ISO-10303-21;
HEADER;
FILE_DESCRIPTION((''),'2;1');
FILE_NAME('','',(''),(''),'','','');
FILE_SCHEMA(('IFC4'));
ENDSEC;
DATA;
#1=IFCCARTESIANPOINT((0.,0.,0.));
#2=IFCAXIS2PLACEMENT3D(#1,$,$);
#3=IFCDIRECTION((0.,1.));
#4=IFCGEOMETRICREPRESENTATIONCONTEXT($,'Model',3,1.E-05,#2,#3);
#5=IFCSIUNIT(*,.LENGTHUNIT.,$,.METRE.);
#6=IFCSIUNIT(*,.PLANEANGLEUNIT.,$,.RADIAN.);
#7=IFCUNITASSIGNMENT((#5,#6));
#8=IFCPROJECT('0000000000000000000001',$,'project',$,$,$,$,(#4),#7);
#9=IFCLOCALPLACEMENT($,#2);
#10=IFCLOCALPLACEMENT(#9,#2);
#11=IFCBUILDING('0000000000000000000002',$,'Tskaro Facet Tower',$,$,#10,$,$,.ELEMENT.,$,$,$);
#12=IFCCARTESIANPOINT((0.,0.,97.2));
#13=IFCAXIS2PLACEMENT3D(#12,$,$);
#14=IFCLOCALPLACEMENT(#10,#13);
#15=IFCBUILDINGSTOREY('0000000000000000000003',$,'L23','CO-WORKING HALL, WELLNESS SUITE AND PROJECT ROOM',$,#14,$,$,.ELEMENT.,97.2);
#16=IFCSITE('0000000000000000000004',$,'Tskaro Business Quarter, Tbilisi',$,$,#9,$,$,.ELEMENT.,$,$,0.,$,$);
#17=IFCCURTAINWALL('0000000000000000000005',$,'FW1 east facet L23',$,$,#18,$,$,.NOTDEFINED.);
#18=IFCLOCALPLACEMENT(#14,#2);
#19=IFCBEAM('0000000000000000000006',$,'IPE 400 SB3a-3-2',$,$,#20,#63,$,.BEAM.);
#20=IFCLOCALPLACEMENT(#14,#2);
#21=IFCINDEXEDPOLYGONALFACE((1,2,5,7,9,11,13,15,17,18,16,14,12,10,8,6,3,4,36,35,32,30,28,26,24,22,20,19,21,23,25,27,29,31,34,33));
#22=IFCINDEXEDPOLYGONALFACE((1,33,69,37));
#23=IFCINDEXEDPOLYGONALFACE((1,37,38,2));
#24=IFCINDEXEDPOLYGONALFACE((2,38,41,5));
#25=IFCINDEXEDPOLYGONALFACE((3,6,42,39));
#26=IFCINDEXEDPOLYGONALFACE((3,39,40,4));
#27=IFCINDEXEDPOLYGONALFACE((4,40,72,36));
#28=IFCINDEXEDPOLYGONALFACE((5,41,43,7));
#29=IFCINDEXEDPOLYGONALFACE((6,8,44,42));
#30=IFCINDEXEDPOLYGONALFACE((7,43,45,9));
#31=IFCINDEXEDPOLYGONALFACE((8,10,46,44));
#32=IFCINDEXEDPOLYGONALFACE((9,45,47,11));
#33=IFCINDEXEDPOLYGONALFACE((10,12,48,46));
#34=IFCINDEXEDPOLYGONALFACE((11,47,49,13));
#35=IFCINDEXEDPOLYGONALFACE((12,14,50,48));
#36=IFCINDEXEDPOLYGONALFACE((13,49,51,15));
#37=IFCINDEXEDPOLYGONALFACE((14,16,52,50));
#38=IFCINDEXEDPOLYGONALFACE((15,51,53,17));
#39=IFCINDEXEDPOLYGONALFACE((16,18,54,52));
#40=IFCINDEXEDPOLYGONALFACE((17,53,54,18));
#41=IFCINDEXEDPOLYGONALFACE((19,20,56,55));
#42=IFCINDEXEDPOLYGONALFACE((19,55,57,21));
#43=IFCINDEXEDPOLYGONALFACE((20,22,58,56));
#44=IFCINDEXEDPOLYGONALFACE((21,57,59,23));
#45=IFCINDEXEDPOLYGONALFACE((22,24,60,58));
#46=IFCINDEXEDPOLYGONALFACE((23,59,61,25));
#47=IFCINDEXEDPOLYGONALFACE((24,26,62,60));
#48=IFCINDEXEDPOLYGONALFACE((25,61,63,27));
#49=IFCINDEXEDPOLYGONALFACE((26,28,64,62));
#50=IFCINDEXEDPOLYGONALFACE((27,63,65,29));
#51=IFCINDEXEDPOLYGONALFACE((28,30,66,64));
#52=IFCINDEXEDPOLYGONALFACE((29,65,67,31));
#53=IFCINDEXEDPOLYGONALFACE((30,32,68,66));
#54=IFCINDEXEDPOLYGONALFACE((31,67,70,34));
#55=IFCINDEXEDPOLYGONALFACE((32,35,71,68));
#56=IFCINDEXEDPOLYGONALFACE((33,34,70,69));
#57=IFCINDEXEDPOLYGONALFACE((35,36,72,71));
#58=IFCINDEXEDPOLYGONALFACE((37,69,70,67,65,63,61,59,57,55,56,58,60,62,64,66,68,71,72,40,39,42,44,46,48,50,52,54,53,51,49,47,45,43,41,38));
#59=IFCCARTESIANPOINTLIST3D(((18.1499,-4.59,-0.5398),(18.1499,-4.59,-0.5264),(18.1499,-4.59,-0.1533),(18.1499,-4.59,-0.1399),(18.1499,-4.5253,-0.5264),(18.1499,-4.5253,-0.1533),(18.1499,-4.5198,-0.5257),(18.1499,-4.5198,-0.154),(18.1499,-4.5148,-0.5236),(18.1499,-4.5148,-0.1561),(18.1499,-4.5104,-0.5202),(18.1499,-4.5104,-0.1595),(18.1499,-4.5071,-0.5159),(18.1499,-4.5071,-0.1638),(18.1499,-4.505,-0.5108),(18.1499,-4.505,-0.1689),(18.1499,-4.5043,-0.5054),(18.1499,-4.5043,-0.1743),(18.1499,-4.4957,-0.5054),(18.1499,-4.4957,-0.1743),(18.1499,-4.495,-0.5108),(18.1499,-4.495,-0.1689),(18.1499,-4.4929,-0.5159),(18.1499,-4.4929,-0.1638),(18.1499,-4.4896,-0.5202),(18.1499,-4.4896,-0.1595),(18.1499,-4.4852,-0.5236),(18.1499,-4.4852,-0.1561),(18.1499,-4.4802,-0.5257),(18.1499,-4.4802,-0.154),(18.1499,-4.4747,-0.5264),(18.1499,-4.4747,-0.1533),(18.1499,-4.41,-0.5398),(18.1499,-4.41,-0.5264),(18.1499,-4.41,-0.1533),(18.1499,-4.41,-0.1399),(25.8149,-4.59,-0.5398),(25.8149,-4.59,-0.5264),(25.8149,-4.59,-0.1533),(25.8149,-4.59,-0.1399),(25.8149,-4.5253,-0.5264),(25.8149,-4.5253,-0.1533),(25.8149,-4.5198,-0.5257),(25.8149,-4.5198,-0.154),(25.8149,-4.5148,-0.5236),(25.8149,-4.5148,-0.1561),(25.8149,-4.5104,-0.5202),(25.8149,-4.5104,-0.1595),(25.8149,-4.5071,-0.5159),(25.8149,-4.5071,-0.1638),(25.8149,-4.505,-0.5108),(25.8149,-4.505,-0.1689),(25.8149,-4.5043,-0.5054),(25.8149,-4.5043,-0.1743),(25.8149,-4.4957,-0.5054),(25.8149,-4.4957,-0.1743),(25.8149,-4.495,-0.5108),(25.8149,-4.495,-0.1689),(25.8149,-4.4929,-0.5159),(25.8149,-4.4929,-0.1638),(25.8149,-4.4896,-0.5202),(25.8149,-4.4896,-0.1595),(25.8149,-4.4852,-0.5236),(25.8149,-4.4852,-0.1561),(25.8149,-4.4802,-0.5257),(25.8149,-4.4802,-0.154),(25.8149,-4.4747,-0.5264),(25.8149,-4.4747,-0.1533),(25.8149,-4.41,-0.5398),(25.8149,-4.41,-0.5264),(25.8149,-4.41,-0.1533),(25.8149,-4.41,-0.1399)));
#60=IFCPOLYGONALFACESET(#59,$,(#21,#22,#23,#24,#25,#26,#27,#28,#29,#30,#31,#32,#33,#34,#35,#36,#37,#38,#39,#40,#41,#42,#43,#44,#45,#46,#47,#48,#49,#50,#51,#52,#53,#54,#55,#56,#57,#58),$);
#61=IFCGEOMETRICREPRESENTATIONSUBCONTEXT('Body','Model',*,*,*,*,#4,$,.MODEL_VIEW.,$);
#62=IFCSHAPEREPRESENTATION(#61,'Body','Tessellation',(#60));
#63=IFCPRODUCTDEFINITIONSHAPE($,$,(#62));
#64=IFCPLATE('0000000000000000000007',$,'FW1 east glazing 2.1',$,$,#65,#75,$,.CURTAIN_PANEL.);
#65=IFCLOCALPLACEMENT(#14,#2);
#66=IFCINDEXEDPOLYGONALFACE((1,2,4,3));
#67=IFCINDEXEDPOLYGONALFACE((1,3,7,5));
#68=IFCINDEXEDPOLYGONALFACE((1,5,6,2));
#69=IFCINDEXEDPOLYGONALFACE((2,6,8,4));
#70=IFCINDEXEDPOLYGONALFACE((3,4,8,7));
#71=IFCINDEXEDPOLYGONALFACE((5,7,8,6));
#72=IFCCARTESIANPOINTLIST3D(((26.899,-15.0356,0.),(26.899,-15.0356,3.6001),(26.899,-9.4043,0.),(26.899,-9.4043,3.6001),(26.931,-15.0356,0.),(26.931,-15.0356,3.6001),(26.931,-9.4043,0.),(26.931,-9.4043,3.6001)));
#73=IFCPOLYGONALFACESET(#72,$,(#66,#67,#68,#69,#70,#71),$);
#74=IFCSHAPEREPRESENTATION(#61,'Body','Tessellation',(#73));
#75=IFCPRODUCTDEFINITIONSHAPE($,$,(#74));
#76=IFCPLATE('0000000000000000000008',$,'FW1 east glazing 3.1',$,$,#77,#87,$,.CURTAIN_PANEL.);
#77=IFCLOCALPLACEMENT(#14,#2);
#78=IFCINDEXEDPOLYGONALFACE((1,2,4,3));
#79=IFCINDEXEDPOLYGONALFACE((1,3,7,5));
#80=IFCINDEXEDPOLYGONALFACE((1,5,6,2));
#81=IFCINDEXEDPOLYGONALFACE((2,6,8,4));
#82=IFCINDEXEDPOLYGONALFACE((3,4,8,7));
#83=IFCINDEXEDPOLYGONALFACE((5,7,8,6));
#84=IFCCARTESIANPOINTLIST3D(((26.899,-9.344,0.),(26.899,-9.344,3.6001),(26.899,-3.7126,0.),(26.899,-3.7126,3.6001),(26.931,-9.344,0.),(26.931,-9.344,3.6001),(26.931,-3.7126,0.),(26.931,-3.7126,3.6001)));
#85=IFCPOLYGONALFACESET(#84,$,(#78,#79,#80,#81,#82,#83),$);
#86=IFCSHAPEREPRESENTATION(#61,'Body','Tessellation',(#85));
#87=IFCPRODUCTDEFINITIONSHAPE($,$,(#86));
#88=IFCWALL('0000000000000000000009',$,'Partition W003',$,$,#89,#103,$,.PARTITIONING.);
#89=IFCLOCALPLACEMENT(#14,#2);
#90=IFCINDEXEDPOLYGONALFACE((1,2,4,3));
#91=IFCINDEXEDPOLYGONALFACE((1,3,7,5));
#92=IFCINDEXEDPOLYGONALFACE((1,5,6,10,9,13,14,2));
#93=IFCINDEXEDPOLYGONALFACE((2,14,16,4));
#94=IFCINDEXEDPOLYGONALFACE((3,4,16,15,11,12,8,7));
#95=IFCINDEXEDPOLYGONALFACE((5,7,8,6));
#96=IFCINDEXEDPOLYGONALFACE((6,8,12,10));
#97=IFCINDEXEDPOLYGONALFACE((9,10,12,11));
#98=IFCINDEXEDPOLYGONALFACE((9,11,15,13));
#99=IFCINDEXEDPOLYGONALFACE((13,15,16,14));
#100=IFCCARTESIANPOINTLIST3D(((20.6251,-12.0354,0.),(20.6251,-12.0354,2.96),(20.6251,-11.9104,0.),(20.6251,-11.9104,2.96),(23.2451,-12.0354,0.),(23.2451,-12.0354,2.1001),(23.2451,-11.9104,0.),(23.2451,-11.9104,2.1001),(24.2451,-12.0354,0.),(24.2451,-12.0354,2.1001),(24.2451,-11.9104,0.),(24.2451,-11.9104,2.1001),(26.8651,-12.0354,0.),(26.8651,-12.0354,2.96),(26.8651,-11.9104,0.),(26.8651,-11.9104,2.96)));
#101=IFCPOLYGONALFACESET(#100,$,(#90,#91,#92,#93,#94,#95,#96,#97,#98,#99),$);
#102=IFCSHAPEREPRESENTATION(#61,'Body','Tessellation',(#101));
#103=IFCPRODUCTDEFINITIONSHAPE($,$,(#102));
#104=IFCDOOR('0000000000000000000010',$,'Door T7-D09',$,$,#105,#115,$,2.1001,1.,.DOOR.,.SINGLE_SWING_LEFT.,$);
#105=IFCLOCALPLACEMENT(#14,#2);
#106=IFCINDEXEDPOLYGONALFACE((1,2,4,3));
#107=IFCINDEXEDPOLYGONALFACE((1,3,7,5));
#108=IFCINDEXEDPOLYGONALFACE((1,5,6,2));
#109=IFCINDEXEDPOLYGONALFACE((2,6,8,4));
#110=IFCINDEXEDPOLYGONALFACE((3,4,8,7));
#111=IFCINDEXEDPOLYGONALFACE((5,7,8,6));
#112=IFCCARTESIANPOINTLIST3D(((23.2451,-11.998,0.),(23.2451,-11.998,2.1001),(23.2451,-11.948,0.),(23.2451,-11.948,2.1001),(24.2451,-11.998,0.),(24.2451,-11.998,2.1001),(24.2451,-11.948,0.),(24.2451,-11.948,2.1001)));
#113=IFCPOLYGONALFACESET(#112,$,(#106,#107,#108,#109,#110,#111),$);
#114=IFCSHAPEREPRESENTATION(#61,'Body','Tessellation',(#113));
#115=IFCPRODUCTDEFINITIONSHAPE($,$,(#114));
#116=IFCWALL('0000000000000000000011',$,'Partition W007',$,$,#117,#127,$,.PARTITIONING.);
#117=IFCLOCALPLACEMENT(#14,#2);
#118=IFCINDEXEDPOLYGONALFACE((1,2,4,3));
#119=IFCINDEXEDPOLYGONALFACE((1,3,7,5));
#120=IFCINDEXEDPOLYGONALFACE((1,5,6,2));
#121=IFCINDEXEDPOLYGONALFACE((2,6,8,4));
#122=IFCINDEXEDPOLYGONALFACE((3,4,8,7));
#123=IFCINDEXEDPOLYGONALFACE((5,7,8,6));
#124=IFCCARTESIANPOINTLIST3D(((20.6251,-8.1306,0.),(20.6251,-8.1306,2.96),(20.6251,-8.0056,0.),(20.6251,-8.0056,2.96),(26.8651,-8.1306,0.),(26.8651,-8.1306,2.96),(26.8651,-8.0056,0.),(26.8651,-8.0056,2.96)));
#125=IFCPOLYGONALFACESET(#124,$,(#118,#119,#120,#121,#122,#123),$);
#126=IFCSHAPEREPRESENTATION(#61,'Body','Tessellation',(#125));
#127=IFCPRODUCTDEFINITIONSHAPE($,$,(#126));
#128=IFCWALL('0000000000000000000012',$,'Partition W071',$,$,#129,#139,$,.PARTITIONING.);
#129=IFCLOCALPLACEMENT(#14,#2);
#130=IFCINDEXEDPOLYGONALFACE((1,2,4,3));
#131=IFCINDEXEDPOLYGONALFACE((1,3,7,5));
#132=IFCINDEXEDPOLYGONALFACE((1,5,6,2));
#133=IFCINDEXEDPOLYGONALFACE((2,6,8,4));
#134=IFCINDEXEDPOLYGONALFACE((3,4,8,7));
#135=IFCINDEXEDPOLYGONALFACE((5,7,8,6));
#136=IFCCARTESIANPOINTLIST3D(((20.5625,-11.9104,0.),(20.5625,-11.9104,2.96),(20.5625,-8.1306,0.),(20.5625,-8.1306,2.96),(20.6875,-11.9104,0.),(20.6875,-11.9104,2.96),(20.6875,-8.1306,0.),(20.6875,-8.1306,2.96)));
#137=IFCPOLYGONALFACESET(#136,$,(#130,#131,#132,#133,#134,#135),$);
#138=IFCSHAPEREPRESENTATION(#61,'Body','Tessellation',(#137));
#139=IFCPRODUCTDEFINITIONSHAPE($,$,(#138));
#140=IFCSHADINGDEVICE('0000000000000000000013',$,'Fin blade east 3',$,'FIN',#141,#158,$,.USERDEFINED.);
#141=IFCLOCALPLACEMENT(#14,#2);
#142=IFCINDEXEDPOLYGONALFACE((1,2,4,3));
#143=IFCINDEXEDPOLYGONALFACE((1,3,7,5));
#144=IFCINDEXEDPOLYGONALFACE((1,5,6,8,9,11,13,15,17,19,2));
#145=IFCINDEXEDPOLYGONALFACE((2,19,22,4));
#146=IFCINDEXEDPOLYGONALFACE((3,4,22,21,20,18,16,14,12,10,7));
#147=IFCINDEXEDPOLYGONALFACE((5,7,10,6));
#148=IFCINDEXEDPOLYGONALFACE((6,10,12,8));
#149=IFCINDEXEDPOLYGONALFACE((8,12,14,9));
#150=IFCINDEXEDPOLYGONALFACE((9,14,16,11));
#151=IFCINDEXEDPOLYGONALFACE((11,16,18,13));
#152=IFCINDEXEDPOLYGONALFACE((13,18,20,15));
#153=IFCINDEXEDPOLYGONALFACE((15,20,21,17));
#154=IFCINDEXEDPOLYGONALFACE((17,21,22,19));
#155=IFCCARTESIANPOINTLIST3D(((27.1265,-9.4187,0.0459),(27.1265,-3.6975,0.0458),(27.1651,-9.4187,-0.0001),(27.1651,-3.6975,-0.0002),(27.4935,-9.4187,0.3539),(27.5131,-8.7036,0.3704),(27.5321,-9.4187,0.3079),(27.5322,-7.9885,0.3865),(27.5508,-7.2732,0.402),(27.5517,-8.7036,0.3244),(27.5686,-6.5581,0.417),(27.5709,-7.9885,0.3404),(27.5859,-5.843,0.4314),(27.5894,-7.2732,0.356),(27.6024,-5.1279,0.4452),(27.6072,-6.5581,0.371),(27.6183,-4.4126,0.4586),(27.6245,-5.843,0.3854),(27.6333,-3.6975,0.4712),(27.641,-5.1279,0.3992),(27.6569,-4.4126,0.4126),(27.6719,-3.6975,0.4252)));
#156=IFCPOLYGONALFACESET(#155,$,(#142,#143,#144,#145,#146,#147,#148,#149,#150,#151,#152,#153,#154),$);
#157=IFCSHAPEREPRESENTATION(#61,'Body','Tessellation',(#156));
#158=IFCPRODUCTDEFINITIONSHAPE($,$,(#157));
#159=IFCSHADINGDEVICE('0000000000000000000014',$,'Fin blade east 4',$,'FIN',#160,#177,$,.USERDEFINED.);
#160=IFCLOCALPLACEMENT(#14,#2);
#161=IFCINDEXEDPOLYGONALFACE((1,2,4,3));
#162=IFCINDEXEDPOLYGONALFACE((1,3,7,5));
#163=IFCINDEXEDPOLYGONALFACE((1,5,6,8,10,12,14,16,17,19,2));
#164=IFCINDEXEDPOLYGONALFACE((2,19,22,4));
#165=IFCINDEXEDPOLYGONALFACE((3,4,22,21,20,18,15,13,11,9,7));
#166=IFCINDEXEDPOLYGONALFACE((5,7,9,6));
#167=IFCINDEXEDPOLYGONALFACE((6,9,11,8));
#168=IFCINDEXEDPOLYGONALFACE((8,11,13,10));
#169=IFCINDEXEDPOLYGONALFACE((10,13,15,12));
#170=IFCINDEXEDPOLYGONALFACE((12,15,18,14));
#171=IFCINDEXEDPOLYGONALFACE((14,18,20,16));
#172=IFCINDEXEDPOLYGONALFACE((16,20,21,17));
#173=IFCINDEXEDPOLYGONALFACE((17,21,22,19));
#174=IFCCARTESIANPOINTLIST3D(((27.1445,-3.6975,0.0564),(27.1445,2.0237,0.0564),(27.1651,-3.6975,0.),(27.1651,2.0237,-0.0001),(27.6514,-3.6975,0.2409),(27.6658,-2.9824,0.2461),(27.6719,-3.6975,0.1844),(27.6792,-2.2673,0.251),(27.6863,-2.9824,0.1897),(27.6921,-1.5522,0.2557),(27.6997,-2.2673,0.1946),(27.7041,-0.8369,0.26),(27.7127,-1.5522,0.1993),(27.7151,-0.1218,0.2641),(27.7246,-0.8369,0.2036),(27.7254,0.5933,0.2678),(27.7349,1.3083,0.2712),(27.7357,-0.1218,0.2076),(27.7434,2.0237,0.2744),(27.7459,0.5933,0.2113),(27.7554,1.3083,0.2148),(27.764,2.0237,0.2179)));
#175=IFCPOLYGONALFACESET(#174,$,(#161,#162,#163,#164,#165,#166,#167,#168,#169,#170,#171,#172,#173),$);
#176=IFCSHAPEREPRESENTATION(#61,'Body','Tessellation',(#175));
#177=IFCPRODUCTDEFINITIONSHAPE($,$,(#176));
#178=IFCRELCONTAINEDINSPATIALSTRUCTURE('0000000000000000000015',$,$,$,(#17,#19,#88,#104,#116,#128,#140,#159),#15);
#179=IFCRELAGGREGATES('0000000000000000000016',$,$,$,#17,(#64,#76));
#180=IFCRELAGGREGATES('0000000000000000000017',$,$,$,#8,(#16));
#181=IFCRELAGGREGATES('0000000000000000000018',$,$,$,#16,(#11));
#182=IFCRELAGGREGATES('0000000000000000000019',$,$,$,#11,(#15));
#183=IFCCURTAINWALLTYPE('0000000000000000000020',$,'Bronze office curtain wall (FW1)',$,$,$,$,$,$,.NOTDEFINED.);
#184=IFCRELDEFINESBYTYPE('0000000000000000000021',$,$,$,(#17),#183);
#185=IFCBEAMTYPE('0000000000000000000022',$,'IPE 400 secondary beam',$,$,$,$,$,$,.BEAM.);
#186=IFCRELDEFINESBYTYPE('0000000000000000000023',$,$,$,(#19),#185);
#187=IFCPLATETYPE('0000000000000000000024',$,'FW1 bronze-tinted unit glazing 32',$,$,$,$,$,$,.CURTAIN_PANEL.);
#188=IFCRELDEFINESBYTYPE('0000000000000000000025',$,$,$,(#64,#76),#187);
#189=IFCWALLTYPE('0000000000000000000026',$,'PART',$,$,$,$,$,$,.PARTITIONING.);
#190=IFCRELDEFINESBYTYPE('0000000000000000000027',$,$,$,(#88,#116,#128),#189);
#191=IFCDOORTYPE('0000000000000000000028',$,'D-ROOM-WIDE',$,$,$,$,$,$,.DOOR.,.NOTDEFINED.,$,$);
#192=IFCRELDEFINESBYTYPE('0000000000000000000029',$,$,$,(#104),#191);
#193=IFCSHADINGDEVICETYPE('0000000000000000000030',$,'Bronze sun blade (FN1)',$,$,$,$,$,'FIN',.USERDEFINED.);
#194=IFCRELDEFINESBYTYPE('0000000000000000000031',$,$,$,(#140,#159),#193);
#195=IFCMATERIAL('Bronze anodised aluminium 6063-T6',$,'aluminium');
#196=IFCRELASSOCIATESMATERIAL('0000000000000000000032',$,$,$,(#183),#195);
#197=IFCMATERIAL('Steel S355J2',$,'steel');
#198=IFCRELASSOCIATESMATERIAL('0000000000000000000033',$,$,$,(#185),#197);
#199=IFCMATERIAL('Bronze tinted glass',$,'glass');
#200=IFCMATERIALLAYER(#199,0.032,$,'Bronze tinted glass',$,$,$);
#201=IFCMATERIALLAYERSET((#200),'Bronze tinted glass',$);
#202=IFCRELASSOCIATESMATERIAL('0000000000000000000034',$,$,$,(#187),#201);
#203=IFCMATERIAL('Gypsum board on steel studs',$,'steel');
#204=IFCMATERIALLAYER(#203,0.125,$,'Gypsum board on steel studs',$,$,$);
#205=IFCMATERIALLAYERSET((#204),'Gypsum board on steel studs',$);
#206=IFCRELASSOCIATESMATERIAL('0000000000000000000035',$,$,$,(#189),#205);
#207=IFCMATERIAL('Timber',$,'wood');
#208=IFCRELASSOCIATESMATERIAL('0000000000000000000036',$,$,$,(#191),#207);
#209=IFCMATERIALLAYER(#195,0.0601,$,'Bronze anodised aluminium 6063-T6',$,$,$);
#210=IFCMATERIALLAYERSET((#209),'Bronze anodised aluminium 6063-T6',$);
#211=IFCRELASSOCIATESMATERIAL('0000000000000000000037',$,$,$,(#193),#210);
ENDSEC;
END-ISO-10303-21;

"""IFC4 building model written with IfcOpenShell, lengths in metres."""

from ifc_helpers import new_model, si_unit, direction, frame, frame_2d, origin, origin_2d, place, context, subcontext, project, spatial, polyline, rectangle, i_section, outline, extrude, material, layer, layer_set, material_profile, profile_set, type_object, element, fill, aggregate, save


model = new_model("IFC4")

# Units and contexts
model_context = context("Model", 3, precision=1e-05, world=origin(), true_north=direction((0.0, 1.0)))
body_context = subcontext(model_context, "Body", "Model", "MODEL_VIEW")
ifc_project = project(units=[si_unit("LENGTHUNIT", "METRE"), si_unit("PLANEANGLEUNIT", "RADIAN")], contexts=[model_context])

# Site, building, storey
site_placement = place(None, origin())
site = spatial("IfcSite", under=ifc_project, at=site_placement, Name="Tskaro Business Quarter, Tbilisi", CompositionType="ELEMENT", RefElevation=0.0)
building_placement = place(site_placement, origin())
building = spatial("IfcBuilding", under=site, at=building_placement, Name="Tskaro Facet Tower", CompositionType="ELEMENT")
storey_placement = place(building_placement, frame((0.0, 0.0, 97.2)))
storey = spatial("IfcBuildingStorey", under=building, at=storey_placement, Name="L23", Description="CO-WORKING HALL, WELLNESS SUITE AND PROJECT ROOM", CompositionType="ELEMENT", Elevation=97.2)

# Curtain wall
ifc_material_1 = material(Name="Bronze anodised aluminium 6063-T6", Category="aluminium")
curtain_wall_type = type_object("IfcCurtainWallType", Name="Bronze office curtain wall (FW1)", PredefinedType="NOTDEFINED", material=ifc_material_1)
curtain_wall_placement = place(storey_placement, origin())
curtain_wall = element("IfcCurtainWall", 1, at=curtain_wall_placement, inside=storey, type_object=curtain_wall_type, Name="FW1 east facet L23", PredefinedType="NOTDEFINED")

# Beam
ifc_material_2 = material(Name="Steel S355J2", Category="steel")
ifc_material_profile_1 = material_profile(ifc_material_2, i_section(OverallWidth=0.1799, OverallDepth=0.3999, WebThickness=0.0085, FlangeThickness=0.0134, FilletRadius=0.021, at=origin_2d()), Name="IPE 400")
ifc_profile_set_1 = profile_set([ifc_material_profile_1], Name="Steel S355J2")
beam_type_1 = type_object("IfcBeamType", Name="IPE 400 secondary beam", PredefinedType="BEAM", material=ifc_profile_set_1)
for number, where, z_axis, x_axis, name in (
    (2, (18.1499, -4.5, -0.3398), (1.0, 0.0, 0.0), (0.0, 1.0, 0.0), "IPE 400 SB3a-3-2"),
):
    element("IfcBeam", number, at=place(storey_placement, frame(where, z_axis=z_axis, x_axis=x_axis)), inside=storey, type_object=beam_type_1, Name=name, PredefinedType="BEAM", context=body_context, shape_type="SweptSolid", body=[
        extrude(i_section(OverallWidth=0.1799, OverallDepth=0.3999, WebThickness=0.0085, FlangeThickness=0.0134, FilletRadius=0.021, at=origin_2d()), origin(), (0.0, 0.0, 1.0), 7.665),
    ])

# Plates
ifc_material_3 = material(Name="Bronze tinted glass", Category="glass")
ifc_layer_1 = layer(ifc_material_3, 0.032, Name="Bronze tinted glass")
ifc_layer_set_1 = layer_set([ifc_layer_1], Name="Bronze tinted glass")
plate_type = type_object("IfcPlateType", Name="FW1 bronze-tinted unit glazing 32", PredefinedType="CURTAIN_PANEL", material=ifc_layer_set_1)
plate_1_placement = place(storey_placement, frame((26.915, -12.22, 0.0), z_axis=(0.0, 0.0, 1.0), x_axis=(0.0, 1.0, 0.0)))
plate_1 = element("IfcPlate", 3, at=plate_1_placement, type_object=plate_type, Name="FW1 east glazing 2.1", PredefinedType="CURTAIN_PANEL", context=body_context, shape_type="SweptSolid", body=[
    extrude(rectangle(XDim=5.6313, YDim=0.032, at=origin_2d()), origin(), (0.0, 0.0, 1.0), 3.6001),
])
plate_2_placement = place(storey_placement, frame((26.915, -6.5283, 0.0), z_axis=(0.0, 0.0, 1.0), x_axis=(0.0, 1.0, 0.0)))
plate_2 = element("IfcPlate", 4, at=plate_2_placement, type_object=plate_type, Name="FW1 east glazing 3.1", PredefinedType="CURTAIN_PANEL", context=body_context, shape_type="SweptSolid", body=[
    extrude(rectangle(XDim=5.6313, YDim=0.032, at=origin_2d()), origin(), (0.0, 0.0, 1.0), 3.6001),
])
aggregate(curtain_wall, [plate_1, plate_2])

# Wall, opening, door
ifc_material_4 = material(Name="Gypsum board on steel studs", Category="steel")
ifc_layer_2 = layer(ifc_material_4, 0.125, Name="Gypsum board on steel studs")
ifc_layer_set_2 = layer_set([ifc_layer_2], Name="Gypsum board on steel studs")
wall_type = type_object("IfcWallType", Name="PART", PredefinedType="PARTITIONING", material=ifc_layer_set_2)
wall_1_placement = place(storey_placement, frame((20.625, -11.9729, 0.0), z_axis=(0.0, 0.0, 1.0), x_axis=(1.0, 0.0, 0.0)))
wall_1 = element("IfcWall", 5, at=wall_1_placement, inside=storey, type_object=wall_type, Name="Partition W003", PredefinedType="PARTITIONING", context=body_context, shape_type="SweptSolid", body=[
    extrude(rectangle(XDim=6.24, YDim=0.125, at=frame_2d((3.1201, 0.0))), origin(), (0.0, 0.0, 1.0), 2.96),
])
opening_placement = place(wall_1_placement, frame((2.6201, 0.0, 0.0)))
opening = element("IfcOpeningElement", 6, at=opening_placement, cuts=wall_1, PredefinedType="OPENING", context=body_context, shape_type="SweptSolid", body=[
    extrude(rectangle(XDim=1.0, YDim=2.1001, at=frame_2d((0.5, 1.05))), frame((0.0, 0.0725, 0.0), z_axis=(0.0, -1.0, 0.0), x_axis=(1.0, 0.0, 0.0)), (0.0, 0.0, 1.0), 0.145),
])
ifc_material_5 = material(Name="Timber", Category="wood")
door_type = type_object("IfcDoorType", Name="D-ROOM-WIDE", OperationType="NOTDEFINED", PredefinedType="DOOR", material=ifc_material_5)
door_placement = place(opening_placement, origin())
door = element("IfcDoor", 7, at=door_placement, inside=storey, type_object=door_type, Name="Door T7-D09", OperationType="SINGLE_SWING_LEFT", OverallHeight=2.1001, OverallWidth=1.0, PredefinedType="DOOR", context=body_context, shape_type="SweptSolid", body=[
    extrude(rectangle(XDim=1.0, YDim=2.1001, at=frame_2d((0.5, 1.05))), frame((0.0, 0.0249, 0.0), z_axis=(0.0, -1.0, 0.0), x_axis=(1.0, 0.0, 0.0)), (0.0, 0.0, 1.0), 0.05),
])
fill(opening, door)

# Walls
wall_2_placement = place(storey_placement, frame((20.625, -8.0681, 0.0), z_axis=(0.0, 0.0, 1.0), x_axis=(1.0, 0.0, 0.0)))
element("IfcWall", 8, at=wall_2_placement, inside=storey, type_object=wall_type, Name="Partition W007", PredefinedType="PARTITIONING", context=body_context, shape_type="SweptSolid", body=[
    extrude(rectangle(XDim=6.24, YDim=0.125, at=frame_2d((3.1201, 0.0))), origin(), (0.0, 0.0, 1.0), 2.96),
])
wall_3_placement = place(storey_placement, frame((20.625, -11.9104, 0.0), z_axis=(0.0, 0.0, 1.0), x_axis=(0.0, 1.0, 0.0)))
element("IfcWall", 9, at=wall_3_placement, inside=storey, type_object=wall_type, Name="Partition W071", PredefinedType="PARTITIONING", context=body_context, shape_type="SweptSolid", body=[
    extrude(rectangle(XDim=3.7798, YDim=0.125, at=frame_2d((1.8899, 0.0))), origin(), (0.0, 0.0, 1.0), 2.96),
])

# Shading devices
ifc_layer_3 = layer(ifc_material_1, 0.0601, Name="Bronze anodised aluminium 6063-T6")
ifc_layer_set_3 = layer_set([ifc_layer_3], Name="Bronze anodised aluminium 6063-T6")
shading_device_type = type_object("IfcShadingDeviceType", Name="Bronze sun blade (FN1)", ElementType="FIN", PredefinedType="USERDEFINED", material=ifc_layer_set_3)
shading_device_1_placement = place(storey_placement, frame((27.1265, -9.4187, 0.0459), z_axis=(-0.642888, 0.000015, 0.76596), x_axis=(0.00001, 1.0, -0.000011)))
element("IfcShadingDevice", 10, at=shading_device_1_placement, inside=storey, type_object=shading_device_type, Name="Fin blade east 3", ObjectType="FIN", PredefinedType="USERDEFINED", context=body_context, shape_type="SweptSolid", body=[
    extrude(outline(polyline([(0.0, 0.0), (5.7212, 0.0), (5.7212, -0.6616), (5.0061, -0.642), (4.2908, -0.6212), (3.5757, -0.5998), (2.8606, -0.5772), (2.1455, -0.554), (1.4302, -0.5297), (0.7151, -0.5048), (0.0, -0.4791), (0.0, 0.0)])), origin(), (0.0, 0.0, -1.0), 0.0601),
])
shading_device_2_placement = place(storey_placement, frame((27.1445, -3.6975, 0.0564), z_axis=(-0.342018, 0.000003, 0.939693), x_axis=(0.000001, 1.0, -0.000003)))
element("IfcShadingDevice", 11, at=shading_device_2_placement, inside=storey, type_object=shading_device_type, Name="Fin blade east 4", ObjectType="FIN", PredefinedType="USERDEFINED", context=body_context, shape_type="SweptSolid", body=[
    extrude(outline(polyline([(0.0, 0.0), (5.7212, 0.0), (5.7212, -0.6373), (5.0059, -0.6282), (4.2908, -0.6181), (3.5757, -0.6072), (2.8606, -0.5955), (2.1453, -0.5827), (1.4302, -0.569), (0.7151, -0.5547), (0.0, -0.5394), (0.0, 0.0)])), origin(), (0.0, 0.0, -1.0), 0.0601),
])

save(model, "model.ifc")
